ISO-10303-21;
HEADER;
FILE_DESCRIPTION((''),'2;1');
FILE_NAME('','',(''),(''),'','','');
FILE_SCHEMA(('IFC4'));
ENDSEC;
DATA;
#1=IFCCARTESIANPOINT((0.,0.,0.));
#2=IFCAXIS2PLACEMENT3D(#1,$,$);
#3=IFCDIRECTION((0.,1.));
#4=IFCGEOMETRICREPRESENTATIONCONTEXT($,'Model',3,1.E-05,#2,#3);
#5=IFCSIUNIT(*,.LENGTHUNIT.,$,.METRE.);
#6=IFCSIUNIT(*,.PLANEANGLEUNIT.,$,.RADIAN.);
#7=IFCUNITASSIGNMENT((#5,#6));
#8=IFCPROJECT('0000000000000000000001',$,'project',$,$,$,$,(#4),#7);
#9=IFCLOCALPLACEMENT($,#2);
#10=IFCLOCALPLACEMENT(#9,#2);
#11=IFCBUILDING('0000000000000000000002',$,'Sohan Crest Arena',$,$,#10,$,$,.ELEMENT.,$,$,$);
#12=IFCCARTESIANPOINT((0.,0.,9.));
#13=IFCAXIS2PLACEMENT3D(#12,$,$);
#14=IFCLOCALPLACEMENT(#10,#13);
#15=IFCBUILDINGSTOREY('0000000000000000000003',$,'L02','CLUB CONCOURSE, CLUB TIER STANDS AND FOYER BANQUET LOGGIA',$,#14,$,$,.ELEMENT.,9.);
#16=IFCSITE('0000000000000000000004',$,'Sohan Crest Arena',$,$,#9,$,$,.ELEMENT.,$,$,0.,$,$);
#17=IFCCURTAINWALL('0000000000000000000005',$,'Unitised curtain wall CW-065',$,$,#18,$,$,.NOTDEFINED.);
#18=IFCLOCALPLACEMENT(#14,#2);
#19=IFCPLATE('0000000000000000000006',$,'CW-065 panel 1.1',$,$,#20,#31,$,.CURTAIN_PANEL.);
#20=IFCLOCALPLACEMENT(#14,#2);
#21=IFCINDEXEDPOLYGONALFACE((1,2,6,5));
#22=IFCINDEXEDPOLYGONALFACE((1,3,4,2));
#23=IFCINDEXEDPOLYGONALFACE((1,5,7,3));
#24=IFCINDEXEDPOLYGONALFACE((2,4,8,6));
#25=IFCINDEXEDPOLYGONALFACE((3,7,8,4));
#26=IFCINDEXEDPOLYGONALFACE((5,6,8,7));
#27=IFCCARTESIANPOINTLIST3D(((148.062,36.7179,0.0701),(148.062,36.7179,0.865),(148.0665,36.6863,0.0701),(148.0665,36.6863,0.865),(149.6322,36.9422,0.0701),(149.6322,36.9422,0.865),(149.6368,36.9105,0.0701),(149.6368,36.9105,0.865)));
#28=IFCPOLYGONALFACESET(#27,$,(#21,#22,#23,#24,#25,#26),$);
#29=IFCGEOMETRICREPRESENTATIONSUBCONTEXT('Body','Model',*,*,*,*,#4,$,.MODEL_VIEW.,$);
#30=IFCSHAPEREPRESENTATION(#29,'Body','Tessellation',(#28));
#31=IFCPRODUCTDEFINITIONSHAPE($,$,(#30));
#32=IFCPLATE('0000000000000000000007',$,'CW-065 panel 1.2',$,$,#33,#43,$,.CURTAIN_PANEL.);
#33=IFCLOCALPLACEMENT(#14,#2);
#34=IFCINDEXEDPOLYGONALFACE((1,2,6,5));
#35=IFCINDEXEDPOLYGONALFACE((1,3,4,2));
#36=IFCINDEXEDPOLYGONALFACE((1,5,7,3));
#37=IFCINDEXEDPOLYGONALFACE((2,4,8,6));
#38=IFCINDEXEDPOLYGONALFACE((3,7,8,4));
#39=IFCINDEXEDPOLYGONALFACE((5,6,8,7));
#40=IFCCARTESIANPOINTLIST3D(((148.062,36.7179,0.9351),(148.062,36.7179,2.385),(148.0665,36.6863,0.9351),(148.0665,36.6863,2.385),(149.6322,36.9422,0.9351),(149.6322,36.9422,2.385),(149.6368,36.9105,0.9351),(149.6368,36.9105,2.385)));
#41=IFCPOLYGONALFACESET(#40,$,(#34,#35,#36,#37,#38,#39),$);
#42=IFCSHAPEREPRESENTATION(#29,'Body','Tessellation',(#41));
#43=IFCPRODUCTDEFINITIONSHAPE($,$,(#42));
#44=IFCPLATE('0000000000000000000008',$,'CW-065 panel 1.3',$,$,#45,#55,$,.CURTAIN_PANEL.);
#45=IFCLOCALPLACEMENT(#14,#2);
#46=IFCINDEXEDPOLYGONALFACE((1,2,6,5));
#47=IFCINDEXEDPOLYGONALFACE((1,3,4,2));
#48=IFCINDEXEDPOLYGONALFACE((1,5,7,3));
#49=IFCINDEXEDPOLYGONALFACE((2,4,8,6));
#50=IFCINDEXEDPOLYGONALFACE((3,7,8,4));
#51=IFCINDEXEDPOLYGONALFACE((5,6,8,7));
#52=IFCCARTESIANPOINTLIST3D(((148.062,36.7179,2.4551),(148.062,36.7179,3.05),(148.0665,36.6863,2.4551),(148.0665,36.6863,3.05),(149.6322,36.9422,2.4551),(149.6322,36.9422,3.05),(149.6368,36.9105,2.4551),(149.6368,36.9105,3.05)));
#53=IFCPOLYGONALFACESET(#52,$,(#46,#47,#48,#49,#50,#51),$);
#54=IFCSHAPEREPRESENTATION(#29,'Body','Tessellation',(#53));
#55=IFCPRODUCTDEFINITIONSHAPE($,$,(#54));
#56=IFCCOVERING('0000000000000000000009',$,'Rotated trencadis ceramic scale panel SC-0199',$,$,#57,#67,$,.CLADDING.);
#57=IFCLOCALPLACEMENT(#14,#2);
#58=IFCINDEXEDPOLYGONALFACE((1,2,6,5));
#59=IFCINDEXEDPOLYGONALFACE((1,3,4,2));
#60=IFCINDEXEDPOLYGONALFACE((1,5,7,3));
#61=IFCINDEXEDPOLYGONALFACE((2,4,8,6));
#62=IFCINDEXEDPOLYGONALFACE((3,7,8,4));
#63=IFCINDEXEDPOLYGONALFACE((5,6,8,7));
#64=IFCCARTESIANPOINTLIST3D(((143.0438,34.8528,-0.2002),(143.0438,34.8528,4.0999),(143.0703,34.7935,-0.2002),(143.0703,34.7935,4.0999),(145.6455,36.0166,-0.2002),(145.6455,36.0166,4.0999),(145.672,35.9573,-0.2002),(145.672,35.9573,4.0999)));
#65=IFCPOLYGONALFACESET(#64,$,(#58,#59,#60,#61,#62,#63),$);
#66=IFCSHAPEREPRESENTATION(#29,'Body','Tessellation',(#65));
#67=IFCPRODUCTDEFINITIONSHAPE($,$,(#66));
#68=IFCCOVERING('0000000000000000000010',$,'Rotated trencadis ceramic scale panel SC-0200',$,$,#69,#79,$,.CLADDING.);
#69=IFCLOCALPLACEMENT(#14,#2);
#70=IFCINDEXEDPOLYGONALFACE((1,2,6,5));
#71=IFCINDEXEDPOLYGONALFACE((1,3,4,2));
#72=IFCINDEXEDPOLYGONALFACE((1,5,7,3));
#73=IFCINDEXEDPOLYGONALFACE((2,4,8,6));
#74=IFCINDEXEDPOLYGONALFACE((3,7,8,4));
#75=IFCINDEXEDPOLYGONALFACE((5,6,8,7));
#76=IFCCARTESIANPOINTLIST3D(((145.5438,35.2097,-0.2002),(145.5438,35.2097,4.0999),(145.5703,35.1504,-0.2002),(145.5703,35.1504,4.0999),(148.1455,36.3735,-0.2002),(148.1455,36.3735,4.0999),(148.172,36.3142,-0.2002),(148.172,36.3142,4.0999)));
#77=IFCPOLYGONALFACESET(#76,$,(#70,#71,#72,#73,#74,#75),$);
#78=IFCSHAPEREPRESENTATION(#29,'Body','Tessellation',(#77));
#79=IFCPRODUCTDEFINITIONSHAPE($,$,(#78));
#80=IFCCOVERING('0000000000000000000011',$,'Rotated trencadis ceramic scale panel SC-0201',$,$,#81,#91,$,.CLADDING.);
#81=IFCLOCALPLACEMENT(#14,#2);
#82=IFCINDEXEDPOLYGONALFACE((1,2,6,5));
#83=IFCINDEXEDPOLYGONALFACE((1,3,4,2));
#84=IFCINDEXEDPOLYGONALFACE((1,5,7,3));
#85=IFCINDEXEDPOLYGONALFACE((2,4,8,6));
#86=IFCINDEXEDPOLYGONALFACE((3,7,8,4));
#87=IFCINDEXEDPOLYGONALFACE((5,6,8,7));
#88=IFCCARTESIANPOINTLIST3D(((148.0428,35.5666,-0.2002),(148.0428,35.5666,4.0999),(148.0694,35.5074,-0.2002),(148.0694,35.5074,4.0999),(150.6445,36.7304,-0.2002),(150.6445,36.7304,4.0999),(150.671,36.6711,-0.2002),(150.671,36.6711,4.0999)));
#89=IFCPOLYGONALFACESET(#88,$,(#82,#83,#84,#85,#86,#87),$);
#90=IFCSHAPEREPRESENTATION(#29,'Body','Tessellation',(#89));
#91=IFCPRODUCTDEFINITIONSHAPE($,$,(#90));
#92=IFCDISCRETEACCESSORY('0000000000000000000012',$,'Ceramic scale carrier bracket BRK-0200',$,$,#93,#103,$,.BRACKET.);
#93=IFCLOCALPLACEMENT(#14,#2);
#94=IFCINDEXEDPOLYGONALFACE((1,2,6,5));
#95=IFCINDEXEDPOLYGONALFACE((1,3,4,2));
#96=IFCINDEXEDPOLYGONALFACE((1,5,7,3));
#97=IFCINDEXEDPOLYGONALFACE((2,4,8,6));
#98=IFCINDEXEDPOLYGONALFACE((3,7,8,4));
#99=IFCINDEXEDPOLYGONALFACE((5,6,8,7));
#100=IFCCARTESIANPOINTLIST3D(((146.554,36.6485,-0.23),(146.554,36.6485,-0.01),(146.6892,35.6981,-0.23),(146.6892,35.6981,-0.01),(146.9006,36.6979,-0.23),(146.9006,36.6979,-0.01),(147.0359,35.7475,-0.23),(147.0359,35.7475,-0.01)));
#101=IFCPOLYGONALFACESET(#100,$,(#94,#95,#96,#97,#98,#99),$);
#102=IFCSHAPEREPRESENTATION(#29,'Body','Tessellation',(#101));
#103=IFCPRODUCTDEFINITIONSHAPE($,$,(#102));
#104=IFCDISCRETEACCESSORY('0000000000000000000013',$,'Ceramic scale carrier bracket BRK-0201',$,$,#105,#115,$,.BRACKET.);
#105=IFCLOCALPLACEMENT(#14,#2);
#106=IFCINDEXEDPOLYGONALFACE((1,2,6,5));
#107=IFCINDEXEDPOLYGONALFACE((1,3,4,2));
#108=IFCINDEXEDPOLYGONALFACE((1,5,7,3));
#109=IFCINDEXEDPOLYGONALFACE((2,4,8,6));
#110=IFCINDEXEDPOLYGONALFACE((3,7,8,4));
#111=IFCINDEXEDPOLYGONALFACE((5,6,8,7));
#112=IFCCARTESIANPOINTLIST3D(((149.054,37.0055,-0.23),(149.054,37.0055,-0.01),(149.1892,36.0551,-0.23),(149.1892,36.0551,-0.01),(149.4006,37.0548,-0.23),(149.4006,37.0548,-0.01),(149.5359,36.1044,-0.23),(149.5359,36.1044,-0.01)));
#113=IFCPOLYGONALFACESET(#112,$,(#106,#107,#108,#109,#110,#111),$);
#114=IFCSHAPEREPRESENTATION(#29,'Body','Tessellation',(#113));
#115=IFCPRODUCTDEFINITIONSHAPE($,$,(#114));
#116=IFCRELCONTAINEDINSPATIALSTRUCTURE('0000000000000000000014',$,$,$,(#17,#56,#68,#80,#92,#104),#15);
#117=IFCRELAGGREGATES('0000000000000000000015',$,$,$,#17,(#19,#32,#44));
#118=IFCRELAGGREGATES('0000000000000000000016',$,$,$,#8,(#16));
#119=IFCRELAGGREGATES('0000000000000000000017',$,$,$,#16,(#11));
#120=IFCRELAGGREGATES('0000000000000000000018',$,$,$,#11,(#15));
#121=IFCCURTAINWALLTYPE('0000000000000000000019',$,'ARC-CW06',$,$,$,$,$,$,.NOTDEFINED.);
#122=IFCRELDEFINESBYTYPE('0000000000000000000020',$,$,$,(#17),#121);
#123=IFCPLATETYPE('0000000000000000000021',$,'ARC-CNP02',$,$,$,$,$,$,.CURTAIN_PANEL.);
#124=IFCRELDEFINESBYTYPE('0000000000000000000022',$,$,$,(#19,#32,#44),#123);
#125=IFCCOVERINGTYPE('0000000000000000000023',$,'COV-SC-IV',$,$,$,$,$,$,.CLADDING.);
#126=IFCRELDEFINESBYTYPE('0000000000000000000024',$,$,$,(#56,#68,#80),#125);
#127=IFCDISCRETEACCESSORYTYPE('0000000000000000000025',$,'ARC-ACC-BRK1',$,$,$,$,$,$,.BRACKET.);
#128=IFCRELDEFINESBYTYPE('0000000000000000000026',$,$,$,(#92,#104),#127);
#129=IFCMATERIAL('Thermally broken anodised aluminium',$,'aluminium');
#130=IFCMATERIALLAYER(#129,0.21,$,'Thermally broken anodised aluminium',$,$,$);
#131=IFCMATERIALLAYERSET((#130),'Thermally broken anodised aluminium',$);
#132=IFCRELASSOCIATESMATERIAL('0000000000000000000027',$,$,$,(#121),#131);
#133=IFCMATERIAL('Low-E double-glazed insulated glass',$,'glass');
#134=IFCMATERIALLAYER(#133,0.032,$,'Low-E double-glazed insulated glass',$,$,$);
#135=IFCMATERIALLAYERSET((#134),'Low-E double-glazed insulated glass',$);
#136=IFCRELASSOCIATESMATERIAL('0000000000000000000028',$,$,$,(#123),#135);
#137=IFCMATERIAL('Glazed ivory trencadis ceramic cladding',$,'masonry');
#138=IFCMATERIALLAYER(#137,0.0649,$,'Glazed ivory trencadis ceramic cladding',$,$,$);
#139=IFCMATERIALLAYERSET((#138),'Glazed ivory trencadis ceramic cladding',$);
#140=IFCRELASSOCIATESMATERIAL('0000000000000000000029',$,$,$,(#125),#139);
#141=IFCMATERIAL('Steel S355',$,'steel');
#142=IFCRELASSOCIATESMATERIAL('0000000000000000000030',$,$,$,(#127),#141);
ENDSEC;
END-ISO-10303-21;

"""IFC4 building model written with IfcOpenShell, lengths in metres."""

from ifc_helpers import new_model, si_unit, direction, frame, origin, origin_2d, place, context, subcontext, project, spatial, rectangle, extrude, material, layer, layer_set, type_object, element, aggregate, save


model = new_model("IFC4")

# Units and contexts
model_context = context("Model", 3, precision=1e-05, world=origin(), true_north=direction((0.0, 1.0)))
body_context = subcontext(model_context, "Body", "Model", "MODEL_VIEW")
ifc_project = project(units=[si_unit("LENGTHUNIT", "METRE"), si_unit("PLANEANGLEUNIT", "RADIAN")], contexts=[model_context])

# Site, building, storey
site_placement = place(None, origin())
site = spatial("IfcSite", under=ifc_project, at=site_placement, Name="Sohan Crest Arena", CompositionType="ELEMENT", RefElevation=0.0)
building_placement = place(site_placement, origin())
building = spatial("IfcBuilding", under=site, at=building_placement, Name="Sohan Crest Arena", CompositionType="ELEMENT")
storey_placement = place(building_placement, frame((0.0, 0.0, 9.0)))
storey = spatial("IfcBuildingStorey", under=building, at=storey_placement, Name="L02", Description="CLUB CONCOURSE, CLUB TIER STANDS AND FOYER BANQUET LOGGIA", CompositionType="ELEMENT", Elevation=9.0)

# Shared definitions
ifc_material_1 = material(Name="Steel S355", Category="steel")

# Shared definitions
ifc_material_2 = material(Name="Thermally broken anodised aluminium", Category="aluminium")

# Curtain wall
ifc_layer_1 = layer(ifc_material_2, 0.21, Name="Thermally broken anodised aluminium")
ifc_layer_set_1 = layer_set([ifc_layer_1], Name="Thermally broken anodised aluminium")
curtain_wall_type_1 = type_object("IfcCurtainWallType", Name="ARC-CW06", PredefinedType="NOTDEFINED", material=ifc_layer_set_1)
curtain_wall_1_placement = place(storey_placement, origin())
curtain_wall_1 = element("IfcCurtainWall", 1, at=curtain_wall_1_placement, inside=storey, type_object=curtain_wall_type_1, Name="Unitised curtain wall CW-065", PredefinedType="NOTDEFINED")

# Plates
ifc_material_3 = material(Name="Low-E double-glazed insulated glass", Category="glass")
ifc_layer_2 = layer(ifc_material_3, 0.032, Name="Low-E double-glazed insulated glass")
ifc_layer_set_2 = layer_set([ifc_layer_2], Name="Low-E double-glazed insulated glass")
plate_type_1 = type_object("IfcPlateType", Name="ARC-CNP02", PredefinedType="CURTAIN_PANEL", material=ifc_layer_set_2)
plate_1_placement = place(storey_placement, frame((148.8494, 36.8142, 0.0701), z_axis=(0.0, 0.0, 1.0), x_axis=(0.989957, 0.141366, 0.0)))
plate_1 = element("IfcPlate", 2, at=plate_1_placement, type_object=plate_type_1, Name="CW-065 panel 1.1", PredefinedType="CURTAIN_PANEL", context=body_context, shape_type="SweptSolid", body=[
    extrude(rectangle(XDim=1.5862, YDim=0.032, at=origin_2d()), origin(), (0.0, 0.0, 1.0), 0.7949),
])
plate_2_placement = place(storey_placement, frame((148.8494, 36.8142, 0.9351), z_axis=(0.0, 0.0, 1.0), x_axis=(0.989957, 0.141366, 0.0)))
plate_2 = element("IfcPlate", 3, at=plate_2_placement, type_object=plate_type_1, Name="CW-065 panel 1.2", PredefinedType="CURTAIN_PANEL", context=body_context, shape_type="SweptSolid", body=[
    extrude(rectangle(XDim=1.5862, YDim=0.032, at=origin_2d()), origin(), (0.0, 0.0, 1.0), 1.45),
])
plate_3_placement = place(storey_placement, frame((148.8494, 36.8142, 2.4551), z_axis=(0.0, 0.0, 1.0), x_axis=(0.989957, 0.141366, 0.0)))
plate_3 = element("IfcPlate", 4, at=plate_3_placement, type_object=plate_type_1, Name="CW-065 panel 1.3", PredefinedType="CURTAIN_PANEL", context=body_context, shape_type="SweptSolid", body=[
    extrude(rectangle(XDim=1.5862, YDim=0.032, at=origin_2d()), origin(), (0.0, 0.0, 1.0), 0.595),
])
aggregate(curtain_wall_1, [plate_1, plate_2, plate_3])

# Coverings
ifc_material_4 = material(Name="Glazed ivory trencadis ceramic cladding", Category="masonry")
ifc_layer_3 = layer(ifc_material_4, 0.0649, Name="Glazed ivory trencadis ceramic cladding")
ifc_layer_set_3 = layer_set([ifc_layer_3], Name="Glazed ivory trencadis ceramic cladding")
covering_type = type_object("IfcCoveringType", Name="COV-SC-IV", PredefinedType="CLADDING", material=ifc_layer_set_3)
for number, where, z_axis, x_axis, name in (
    (5, (144.3579, 35.405, -0.2002), (0.0, 0.0, 1.0), (0.912834, 0.40833, 0.0), "Rotated trencadis ceramic scale panel SC-0199"),
    (6, (146.8579, 35.762, -0.2002), (0.0, 0.0, 1.0), (0.912834, 0.40833, 0.0), "Rotated trencadis ceramic scale panel SC-0200"),
    (7, (149.3569, 36.1189, -0.2002), (0.0, 0.0, 1.0), (0.912834, 0.40833, 0.0), "Rotated trencadis ceramic scale panel SC-0201"),
):
    element("IfcCovering", number, at=place(storey_placement, frame(where, z_axis=z_axis, x_axis=x_axis)), inside=storey, type_object=covering_type, Name=name, PredefinedType="CLADDING", context=body_context, shape_type="SweptSolid", body=[
        extrude(rectangle(XDim=2.8501, YDim=0.0649, at=origin_2d()), origin(), (0.0, 0.0, 1.0), 4.3),
    ])

# Discrete accessories
discrete_accessory_type = type_object("IfcDiscreteAccessoryType", Name="ARC-ACC-BRK1", PredefinedType="BRACKET", material=ifc_material_1)
for number, where, z_axis, x_axis, name in (
    (8, (146.7949, 36.198, -0.23), (0.0, 0.0, 1.0), (0.990024, 0.140901, 0.0), "Ceramic scale carrier bracket BRK-0200"),
    (9, (149.2949, 36.5549, -0.23), (0.0, 0.0, 1.0), (0.990024, 0.140901, 0.0), "Ceramic scale carrier bracket BRK-0201"),
):
    element("IfcDiscreteAccessory", number, at=place(storey_placement, frame(where, z_axis=z_axis, x_axis=x_axis)), inside=storey, type_object=discrete_accessory_type, Name=name, PredefinedType="BRACKET", context=body_context, shape_type="SweptSolid", body=[
        extrude(rectangle(XDim=0.3501, YDim=0.96, at=origin_2d()), origin(), (0.0, 0.0, 1.0), 0.22),
    ])

save(model, "model.ifc")
